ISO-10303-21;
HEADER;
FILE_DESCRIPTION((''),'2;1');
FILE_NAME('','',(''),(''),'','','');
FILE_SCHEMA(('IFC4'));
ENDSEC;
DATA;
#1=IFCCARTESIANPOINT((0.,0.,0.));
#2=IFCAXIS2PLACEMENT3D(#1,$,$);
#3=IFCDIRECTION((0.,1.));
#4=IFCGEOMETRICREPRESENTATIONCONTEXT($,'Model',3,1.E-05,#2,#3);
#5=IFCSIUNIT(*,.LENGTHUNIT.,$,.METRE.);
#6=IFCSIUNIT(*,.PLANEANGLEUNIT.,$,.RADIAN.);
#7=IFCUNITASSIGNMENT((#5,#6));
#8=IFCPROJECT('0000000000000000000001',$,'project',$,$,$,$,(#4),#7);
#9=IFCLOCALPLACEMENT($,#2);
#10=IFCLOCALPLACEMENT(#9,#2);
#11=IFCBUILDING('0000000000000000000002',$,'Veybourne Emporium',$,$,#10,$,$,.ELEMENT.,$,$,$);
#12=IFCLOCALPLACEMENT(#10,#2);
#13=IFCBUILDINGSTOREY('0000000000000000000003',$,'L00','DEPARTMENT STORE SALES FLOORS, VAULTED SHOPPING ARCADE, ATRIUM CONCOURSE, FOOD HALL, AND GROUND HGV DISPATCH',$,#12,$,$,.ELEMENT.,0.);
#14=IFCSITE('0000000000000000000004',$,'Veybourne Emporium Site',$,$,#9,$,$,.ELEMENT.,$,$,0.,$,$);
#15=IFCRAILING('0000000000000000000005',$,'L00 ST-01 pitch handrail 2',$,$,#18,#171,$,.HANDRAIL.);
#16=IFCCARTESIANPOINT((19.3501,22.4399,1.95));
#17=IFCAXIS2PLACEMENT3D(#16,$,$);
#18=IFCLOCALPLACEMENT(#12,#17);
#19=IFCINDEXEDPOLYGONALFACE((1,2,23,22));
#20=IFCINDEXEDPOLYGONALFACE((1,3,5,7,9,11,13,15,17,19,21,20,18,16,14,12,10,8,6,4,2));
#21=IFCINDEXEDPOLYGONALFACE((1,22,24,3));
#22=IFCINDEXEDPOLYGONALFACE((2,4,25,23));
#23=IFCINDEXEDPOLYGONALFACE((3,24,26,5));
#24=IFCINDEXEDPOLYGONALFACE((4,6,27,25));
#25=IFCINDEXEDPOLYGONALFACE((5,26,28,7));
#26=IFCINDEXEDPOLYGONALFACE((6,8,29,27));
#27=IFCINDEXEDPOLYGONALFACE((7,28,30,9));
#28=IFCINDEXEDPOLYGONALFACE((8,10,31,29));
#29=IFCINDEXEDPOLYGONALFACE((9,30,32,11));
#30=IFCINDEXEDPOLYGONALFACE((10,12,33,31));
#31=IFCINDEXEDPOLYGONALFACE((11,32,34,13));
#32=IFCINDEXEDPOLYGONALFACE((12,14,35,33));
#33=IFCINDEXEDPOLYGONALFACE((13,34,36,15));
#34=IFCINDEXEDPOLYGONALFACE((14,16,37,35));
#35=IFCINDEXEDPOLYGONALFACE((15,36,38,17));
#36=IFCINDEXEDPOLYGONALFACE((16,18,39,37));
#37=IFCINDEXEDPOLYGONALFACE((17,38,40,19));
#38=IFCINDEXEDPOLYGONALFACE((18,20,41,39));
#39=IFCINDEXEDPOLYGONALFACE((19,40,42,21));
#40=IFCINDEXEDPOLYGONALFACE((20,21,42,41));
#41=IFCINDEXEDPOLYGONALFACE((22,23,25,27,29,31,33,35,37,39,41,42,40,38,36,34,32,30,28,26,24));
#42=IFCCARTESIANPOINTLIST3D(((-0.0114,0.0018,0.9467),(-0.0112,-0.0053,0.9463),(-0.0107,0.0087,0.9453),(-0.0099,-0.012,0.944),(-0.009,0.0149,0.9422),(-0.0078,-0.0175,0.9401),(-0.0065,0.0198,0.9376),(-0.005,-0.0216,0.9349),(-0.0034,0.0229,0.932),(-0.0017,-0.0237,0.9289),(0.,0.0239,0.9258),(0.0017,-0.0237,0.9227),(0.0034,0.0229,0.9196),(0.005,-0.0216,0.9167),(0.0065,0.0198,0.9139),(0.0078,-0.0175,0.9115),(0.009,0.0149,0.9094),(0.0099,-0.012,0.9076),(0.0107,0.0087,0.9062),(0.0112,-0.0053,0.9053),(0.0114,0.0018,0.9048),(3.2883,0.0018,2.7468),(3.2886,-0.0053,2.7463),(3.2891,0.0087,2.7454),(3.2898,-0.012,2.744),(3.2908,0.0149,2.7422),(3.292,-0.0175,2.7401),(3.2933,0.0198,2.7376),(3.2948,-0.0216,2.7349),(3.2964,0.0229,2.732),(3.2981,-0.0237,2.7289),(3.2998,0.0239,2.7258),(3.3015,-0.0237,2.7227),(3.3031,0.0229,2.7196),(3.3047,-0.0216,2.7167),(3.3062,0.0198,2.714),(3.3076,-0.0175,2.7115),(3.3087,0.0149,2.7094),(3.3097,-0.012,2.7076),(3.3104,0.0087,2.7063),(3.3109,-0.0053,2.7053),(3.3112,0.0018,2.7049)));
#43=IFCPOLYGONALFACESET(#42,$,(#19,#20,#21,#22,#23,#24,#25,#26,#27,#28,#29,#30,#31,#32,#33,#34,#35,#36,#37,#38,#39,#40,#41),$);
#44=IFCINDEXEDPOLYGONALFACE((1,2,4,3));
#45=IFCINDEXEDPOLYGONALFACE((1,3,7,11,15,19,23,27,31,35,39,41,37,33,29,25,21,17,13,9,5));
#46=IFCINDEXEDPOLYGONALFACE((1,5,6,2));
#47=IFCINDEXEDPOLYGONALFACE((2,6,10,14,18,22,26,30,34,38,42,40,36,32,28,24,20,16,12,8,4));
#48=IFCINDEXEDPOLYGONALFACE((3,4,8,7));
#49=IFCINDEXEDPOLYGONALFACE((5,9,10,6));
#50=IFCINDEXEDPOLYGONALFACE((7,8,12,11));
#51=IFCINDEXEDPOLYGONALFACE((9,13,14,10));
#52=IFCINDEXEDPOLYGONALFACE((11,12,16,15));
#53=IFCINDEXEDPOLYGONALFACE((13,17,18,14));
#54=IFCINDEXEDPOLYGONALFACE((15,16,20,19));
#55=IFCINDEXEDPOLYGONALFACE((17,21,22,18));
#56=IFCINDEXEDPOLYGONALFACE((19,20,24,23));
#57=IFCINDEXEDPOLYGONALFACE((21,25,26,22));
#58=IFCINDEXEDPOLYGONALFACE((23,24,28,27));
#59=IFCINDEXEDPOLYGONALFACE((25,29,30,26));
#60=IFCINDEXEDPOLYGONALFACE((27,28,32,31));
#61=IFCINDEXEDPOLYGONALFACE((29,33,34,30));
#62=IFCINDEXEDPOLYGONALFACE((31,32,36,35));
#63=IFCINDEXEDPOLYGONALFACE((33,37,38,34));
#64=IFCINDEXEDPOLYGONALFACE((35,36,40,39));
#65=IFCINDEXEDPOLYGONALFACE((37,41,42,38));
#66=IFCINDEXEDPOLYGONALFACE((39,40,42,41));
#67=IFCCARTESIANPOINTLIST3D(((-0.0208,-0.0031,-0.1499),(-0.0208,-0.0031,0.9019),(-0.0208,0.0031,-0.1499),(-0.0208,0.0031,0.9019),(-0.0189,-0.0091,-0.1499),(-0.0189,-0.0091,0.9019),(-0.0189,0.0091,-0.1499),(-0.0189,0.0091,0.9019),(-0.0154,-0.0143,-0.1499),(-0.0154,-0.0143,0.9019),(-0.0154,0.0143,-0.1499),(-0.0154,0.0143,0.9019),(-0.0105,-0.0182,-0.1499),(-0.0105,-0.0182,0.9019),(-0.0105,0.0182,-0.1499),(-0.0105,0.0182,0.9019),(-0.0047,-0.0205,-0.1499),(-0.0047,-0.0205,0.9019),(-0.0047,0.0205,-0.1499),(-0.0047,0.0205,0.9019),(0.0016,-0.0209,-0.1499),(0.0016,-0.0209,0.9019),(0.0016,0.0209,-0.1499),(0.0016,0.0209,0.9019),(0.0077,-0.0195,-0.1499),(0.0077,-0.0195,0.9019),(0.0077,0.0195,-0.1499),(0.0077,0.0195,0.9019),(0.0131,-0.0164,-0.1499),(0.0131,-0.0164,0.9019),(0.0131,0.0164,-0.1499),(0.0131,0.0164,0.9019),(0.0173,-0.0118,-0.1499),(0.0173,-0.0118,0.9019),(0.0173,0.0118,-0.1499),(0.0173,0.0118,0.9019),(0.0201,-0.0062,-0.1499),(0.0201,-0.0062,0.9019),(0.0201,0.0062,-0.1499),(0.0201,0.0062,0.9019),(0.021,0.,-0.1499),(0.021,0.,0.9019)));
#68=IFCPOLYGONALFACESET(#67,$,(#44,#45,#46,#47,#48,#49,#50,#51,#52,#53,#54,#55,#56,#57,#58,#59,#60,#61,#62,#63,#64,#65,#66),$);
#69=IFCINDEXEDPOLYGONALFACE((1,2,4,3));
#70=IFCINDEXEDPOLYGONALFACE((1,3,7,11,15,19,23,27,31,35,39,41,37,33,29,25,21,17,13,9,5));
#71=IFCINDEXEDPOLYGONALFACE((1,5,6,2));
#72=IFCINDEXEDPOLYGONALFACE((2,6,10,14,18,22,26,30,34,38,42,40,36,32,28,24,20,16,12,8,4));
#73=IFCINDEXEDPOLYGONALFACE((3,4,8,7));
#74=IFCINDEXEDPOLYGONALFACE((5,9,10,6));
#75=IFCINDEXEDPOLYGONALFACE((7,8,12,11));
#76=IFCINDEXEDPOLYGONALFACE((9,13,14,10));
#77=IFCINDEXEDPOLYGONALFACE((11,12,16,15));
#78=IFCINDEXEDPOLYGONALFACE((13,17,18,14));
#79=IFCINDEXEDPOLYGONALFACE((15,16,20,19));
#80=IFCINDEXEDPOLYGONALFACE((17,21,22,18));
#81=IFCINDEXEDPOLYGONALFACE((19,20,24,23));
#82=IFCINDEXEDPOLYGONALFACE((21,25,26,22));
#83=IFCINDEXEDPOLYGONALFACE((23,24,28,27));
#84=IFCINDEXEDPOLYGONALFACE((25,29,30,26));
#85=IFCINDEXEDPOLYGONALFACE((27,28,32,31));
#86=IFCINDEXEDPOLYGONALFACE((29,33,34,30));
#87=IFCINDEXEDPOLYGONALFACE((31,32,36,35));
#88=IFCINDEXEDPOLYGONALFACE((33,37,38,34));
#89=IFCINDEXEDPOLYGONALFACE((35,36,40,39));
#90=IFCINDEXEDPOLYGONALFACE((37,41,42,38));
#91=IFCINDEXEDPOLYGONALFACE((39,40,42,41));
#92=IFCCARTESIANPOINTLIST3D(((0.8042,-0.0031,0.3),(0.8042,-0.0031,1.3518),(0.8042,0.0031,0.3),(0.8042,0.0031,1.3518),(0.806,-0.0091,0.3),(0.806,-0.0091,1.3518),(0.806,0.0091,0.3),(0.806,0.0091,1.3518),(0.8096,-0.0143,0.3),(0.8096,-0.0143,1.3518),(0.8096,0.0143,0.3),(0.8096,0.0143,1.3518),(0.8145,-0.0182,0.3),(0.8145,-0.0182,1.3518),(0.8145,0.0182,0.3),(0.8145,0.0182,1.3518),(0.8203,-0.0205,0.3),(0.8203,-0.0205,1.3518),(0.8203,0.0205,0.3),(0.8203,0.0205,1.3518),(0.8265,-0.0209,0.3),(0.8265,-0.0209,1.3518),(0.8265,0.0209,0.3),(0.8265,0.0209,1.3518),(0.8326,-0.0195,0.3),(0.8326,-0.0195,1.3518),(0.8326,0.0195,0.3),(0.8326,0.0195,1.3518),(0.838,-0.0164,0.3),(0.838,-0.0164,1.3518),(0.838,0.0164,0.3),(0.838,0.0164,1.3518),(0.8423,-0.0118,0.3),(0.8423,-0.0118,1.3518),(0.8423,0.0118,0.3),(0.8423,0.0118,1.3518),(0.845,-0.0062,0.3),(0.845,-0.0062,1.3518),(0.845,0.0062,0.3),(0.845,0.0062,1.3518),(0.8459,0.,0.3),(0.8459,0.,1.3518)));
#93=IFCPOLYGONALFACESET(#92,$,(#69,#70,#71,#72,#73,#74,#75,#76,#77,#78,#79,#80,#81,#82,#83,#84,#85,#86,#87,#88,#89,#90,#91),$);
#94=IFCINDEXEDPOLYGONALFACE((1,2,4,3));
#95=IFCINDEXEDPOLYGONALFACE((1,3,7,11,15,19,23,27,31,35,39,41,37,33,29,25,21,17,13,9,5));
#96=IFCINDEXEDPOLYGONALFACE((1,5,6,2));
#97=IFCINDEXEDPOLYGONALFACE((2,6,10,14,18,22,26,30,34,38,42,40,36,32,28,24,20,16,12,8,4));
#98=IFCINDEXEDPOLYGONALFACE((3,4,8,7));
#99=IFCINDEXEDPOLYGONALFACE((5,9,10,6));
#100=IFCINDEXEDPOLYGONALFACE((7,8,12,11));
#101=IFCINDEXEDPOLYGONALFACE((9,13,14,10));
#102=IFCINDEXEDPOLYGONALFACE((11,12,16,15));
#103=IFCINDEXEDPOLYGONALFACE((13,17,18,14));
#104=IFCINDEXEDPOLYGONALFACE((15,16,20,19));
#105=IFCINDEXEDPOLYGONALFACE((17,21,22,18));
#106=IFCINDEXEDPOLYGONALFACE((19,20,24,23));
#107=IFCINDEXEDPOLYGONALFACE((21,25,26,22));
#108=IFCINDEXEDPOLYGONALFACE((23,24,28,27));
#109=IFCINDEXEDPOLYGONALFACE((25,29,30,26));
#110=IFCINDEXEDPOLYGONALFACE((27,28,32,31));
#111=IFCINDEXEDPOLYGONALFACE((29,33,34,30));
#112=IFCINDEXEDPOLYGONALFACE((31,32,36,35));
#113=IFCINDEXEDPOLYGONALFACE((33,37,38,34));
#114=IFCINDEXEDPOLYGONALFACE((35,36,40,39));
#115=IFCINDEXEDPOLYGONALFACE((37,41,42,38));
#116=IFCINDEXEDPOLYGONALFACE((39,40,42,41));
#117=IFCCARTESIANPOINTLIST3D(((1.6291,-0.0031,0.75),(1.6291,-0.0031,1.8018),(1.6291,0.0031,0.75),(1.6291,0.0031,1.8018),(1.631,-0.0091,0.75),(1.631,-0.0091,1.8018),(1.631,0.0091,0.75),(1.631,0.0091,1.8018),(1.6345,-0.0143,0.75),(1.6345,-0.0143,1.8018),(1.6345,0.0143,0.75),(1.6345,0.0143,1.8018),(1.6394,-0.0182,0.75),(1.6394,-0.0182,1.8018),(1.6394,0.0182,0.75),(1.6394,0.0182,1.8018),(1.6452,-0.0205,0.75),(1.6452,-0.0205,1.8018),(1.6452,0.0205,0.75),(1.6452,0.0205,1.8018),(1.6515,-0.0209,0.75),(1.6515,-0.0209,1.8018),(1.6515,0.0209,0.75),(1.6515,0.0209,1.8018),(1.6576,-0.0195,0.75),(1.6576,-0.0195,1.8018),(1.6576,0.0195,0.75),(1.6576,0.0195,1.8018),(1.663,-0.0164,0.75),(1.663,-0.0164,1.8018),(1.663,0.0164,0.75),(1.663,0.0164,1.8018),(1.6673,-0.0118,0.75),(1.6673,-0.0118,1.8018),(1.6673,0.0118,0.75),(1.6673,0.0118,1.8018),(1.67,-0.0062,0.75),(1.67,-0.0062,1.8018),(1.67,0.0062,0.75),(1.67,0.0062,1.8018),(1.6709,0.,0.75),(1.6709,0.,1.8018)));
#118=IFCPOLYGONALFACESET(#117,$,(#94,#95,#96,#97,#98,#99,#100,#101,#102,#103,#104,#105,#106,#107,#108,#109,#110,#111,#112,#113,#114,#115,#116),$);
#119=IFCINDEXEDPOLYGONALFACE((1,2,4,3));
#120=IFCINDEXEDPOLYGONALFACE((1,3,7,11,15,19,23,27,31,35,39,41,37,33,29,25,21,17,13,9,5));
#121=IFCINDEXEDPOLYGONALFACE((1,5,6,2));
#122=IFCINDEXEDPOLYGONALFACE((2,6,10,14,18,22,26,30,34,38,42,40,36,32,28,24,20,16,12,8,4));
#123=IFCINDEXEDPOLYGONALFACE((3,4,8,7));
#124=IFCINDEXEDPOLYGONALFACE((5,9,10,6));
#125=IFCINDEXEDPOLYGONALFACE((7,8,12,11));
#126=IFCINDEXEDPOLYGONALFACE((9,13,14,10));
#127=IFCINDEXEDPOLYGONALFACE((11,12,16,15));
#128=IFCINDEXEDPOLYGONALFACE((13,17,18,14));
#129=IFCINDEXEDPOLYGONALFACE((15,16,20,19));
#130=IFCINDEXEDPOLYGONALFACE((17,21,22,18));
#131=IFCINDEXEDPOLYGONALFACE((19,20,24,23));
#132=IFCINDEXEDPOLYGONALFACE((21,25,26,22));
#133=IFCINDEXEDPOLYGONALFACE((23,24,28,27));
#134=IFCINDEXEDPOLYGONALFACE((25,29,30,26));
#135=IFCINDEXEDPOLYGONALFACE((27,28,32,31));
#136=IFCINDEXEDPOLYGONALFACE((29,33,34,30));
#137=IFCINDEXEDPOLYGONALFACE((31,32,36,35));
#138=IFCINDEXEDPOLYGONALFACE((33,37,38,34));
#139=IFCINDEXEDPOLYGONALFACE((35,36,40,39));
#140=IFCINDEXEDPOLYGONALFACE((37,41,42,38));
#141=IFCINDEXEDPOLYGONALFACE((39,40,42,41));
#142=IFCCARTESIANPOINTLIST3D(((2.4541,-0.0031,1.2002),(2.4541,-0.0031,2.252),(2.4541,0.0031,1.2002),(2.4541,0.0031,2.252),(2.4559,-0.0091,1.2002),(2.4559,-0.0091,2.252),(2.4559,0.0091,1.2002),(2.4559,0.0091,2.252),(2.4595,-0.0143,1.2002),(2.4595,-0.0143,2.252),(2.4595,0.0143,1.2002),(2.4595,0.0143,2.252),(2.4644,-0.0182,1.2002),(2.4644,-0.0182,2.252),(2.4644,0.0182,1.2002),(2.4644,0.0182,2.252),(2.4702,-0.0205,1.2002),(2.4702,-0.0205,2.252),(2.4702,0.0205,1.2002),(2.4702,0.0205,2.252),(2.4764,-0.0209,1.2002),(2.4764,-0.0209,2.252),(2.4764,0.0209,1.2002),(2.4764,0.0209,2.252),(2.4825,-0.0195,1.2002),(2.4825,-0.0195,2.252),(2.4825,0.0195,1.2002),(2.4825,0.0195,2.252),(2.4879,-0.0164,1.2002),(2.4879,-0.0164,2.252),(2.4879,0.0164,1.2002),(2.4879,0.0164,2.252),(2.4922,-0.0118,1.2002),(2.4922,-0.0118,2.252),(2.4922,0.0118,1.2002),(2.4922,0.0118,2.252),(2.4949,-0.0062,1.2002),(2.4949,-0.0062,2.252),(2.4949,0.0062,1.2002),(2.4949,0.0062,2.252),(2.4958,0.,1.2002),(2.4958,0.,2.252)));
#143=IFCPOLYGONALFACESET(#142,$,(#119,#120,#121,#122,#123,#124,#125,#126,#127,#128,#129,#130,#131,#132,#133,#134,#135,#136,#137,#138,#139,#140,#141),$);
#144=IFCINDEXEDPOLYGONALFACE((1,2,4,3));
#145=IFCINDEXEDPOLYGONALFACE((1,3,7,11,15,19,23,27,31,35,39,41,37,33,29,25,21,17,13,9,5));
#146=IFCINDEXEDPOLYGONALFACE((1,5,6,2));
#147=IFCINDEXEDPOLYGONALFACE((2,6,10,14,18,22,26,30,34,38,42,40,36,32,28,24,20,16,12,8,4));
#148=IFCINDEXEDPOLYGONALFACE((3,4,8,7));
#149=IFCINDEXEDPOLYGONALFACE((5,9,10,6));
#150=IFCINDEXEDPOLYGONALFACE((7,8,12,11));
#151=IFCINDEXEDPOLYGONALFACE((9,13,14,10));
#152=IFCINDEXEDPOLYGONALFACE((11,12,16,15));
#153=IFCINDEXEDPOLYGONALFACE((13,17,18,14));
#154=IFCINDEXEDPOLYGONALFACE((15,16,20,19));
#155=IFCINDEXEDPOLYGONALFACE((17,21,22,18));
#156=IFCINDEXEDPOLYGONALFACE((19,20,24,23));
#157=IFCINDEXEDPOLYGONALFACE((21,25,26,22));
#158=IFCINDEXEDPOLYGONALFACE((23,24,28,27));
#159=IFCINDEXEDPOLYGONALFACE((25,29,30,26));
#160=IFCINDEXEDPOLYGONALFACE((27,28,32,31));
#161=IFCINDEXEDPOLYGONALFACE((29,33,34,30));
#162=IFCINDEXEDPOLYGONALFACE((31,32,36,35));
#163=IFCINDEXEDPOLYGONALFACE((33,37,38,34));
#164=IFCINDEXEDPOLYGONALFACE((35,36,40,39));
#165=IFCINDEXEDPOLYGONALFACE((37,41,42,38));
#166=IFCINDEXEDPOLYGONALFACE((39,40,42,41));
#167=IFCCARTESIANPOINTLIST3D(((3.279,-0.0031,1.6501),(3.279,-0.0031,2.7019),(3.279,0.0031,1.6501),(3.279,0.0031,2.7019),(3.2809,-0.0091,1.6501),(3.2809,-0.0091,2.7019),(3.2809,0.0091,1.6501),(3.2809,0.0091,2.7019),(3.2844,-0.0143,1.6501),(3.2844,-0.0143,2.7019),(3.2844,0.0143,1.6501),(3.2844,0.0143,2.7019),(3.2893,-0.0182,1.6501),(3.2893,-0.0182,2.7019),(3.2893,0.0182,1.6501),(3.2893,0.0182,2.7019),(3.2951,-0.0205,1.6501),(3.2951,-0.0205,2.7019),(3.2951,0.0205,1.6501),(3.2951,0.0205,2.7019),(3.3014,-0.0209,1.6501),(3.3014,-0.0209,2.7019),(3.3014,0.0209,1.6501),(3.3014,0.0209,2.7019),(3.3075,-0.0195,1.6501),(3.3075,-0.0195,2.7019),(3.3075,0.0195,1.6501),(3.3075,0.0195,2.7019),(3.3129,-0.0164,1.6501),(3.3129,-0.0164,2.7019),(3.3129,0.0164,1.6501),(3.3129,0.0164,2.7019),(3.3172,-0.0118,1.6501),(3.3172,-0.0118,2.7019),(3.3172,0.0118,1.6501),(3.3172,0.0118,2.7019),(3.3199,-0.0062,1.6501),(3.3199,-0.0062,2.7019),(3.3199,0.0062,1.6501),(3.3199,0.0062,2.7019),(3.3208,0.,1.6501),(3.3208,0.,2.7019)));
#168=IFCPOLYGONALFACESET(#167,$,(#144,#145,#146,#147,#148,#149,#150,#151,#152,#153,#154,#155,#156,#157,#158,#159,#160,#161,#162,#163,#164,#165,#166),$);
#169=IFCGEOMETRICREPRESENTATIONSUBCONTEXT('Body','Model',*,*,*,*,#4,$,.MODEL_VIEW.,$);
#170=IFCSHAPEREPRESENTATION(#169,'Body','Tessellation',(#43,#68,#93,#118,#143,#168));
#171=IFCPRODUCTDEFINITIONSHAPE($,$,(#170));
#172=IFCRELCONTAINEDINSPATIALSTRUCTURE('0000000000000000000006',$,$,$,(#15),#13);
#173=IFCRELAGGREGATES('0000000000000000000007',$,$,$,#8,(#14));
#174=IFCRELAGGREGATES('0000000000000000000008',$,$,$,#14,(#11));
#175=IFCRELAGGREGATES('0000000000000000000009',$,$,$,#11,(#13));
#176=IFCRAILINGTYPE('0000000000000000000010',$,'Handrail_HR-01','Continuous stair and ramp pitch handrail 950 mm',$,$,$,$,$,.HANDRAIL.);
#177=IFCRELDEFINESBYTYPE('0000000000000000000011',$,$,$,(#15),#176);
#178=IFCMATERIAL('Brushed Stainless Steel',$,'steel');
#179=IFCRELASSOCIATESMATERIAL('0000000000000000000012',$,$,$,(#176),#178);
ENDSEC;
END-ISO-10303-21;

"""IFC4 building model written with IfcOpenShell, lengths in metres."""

from ifc_helpers import new_model, si_unit, direction, frame, origin, origin_2d, place, context, subcontext, project, spatial, circle, extrude, material, type_object, element, save


model = new_model("IFC4")

# Units and contexts
model_context = context("Model", 3, precision=1e-05, world=origin(), true_north=direction((0.0, 1.0)))
body_context = subcontext(model_context, "Body", "Model", "MODEL_VIEW")
ifc_project = project(units=[si_unit("LENGTHUNIT", "METRE"), si_unit("PLANEANGLEUNIT", "RADIAN")], contexts=[model_context])

# Site, building, storey
site_placement = place(None, origin())
site = spatial("IfcSite", under=ifc_project, at=site_placement, Name="Veybourne Emporium Site", CompositionType="ELEMENT", RefElevation=0.0)
building_placement = place(site_placement, origin())
building = spatial("IfcBuilding", under=site, at=building_placement, Name="Veybourne Emporium", CompositionType="ELEMENT")
storey_placement = place(building_placement, origin())
storey = spatial("IfcBuildingStorey", under=building, at=storey_placement, Name="L00", Description="DEPARTMENT STORE SALES FLOORS, VAULTED SHOPPING ARCADE, ATRIUM CONCOURSE, FOOD HALL, AND GROUND HGV DISPATCH", CompositionType="ELEMENT", Elevation=0.0)

# Railing
ifc_material_1 = material(Name="Brushed Stainless Steel", Category="steel")
railing_type = type_object("IfcRailingType", Name="Handrail_HR-01", Description="Continuous stair and ramp pitch handrail 950 mm", PredefinedType="HANDRAIL", material=ifc_material_1)
railing_placement = place(storey_placement, frame((19.3501, 22.4399, 1.95)))
element("IfcRailing", 1, at=railing_placement, inside=storey, type_object=railing_type, Name="L00 ST-01 pitch handrail 2", PredefinedType="HANDRAIL", context=body_context, shape_type="SweptSolid", body=[
    extrude(circle(Radius=0.0239, at=origin_2d()), frame((0.0, 0.0, 0.9258), z_axis=(0.877878, 0.0, 0.478884), x_axis=(0.0, 1.0, 0.0)), (0.0, 0.0, 1.0), 3.7588),
    extrude(circle(Radius=0.021, at=origin_2d()), frame((0.0, 0.0, -0.1499)), (0.0, 0.0, 1.0), 1.0518),
    extrude(circle(Radius=0.021, at=origin_2d()), frame((0.825, 0.0, 0.3)), (0.0, 0.0, 1.0), 1.0518),
    extrude(circle(Radius=0.021, at=origin_2d()), frame((1.6499, 0.0, 0.75)), (0.0, 0.0, 1.0), 1.0518),
    extrude(circle(Radius=0.021, at=origin_2d()), frame((2.4749, 0.0, 1.2002)), (0.0, 0.0, 1.0), 1.0518),
    extrude(circle(Radius=0.021, at=origin_2d()), frame((3.2998, 0.0, 1.6501)), (0.0, 0.0, 1.0), 1.0518),
])

save(model, "model.ifc")
